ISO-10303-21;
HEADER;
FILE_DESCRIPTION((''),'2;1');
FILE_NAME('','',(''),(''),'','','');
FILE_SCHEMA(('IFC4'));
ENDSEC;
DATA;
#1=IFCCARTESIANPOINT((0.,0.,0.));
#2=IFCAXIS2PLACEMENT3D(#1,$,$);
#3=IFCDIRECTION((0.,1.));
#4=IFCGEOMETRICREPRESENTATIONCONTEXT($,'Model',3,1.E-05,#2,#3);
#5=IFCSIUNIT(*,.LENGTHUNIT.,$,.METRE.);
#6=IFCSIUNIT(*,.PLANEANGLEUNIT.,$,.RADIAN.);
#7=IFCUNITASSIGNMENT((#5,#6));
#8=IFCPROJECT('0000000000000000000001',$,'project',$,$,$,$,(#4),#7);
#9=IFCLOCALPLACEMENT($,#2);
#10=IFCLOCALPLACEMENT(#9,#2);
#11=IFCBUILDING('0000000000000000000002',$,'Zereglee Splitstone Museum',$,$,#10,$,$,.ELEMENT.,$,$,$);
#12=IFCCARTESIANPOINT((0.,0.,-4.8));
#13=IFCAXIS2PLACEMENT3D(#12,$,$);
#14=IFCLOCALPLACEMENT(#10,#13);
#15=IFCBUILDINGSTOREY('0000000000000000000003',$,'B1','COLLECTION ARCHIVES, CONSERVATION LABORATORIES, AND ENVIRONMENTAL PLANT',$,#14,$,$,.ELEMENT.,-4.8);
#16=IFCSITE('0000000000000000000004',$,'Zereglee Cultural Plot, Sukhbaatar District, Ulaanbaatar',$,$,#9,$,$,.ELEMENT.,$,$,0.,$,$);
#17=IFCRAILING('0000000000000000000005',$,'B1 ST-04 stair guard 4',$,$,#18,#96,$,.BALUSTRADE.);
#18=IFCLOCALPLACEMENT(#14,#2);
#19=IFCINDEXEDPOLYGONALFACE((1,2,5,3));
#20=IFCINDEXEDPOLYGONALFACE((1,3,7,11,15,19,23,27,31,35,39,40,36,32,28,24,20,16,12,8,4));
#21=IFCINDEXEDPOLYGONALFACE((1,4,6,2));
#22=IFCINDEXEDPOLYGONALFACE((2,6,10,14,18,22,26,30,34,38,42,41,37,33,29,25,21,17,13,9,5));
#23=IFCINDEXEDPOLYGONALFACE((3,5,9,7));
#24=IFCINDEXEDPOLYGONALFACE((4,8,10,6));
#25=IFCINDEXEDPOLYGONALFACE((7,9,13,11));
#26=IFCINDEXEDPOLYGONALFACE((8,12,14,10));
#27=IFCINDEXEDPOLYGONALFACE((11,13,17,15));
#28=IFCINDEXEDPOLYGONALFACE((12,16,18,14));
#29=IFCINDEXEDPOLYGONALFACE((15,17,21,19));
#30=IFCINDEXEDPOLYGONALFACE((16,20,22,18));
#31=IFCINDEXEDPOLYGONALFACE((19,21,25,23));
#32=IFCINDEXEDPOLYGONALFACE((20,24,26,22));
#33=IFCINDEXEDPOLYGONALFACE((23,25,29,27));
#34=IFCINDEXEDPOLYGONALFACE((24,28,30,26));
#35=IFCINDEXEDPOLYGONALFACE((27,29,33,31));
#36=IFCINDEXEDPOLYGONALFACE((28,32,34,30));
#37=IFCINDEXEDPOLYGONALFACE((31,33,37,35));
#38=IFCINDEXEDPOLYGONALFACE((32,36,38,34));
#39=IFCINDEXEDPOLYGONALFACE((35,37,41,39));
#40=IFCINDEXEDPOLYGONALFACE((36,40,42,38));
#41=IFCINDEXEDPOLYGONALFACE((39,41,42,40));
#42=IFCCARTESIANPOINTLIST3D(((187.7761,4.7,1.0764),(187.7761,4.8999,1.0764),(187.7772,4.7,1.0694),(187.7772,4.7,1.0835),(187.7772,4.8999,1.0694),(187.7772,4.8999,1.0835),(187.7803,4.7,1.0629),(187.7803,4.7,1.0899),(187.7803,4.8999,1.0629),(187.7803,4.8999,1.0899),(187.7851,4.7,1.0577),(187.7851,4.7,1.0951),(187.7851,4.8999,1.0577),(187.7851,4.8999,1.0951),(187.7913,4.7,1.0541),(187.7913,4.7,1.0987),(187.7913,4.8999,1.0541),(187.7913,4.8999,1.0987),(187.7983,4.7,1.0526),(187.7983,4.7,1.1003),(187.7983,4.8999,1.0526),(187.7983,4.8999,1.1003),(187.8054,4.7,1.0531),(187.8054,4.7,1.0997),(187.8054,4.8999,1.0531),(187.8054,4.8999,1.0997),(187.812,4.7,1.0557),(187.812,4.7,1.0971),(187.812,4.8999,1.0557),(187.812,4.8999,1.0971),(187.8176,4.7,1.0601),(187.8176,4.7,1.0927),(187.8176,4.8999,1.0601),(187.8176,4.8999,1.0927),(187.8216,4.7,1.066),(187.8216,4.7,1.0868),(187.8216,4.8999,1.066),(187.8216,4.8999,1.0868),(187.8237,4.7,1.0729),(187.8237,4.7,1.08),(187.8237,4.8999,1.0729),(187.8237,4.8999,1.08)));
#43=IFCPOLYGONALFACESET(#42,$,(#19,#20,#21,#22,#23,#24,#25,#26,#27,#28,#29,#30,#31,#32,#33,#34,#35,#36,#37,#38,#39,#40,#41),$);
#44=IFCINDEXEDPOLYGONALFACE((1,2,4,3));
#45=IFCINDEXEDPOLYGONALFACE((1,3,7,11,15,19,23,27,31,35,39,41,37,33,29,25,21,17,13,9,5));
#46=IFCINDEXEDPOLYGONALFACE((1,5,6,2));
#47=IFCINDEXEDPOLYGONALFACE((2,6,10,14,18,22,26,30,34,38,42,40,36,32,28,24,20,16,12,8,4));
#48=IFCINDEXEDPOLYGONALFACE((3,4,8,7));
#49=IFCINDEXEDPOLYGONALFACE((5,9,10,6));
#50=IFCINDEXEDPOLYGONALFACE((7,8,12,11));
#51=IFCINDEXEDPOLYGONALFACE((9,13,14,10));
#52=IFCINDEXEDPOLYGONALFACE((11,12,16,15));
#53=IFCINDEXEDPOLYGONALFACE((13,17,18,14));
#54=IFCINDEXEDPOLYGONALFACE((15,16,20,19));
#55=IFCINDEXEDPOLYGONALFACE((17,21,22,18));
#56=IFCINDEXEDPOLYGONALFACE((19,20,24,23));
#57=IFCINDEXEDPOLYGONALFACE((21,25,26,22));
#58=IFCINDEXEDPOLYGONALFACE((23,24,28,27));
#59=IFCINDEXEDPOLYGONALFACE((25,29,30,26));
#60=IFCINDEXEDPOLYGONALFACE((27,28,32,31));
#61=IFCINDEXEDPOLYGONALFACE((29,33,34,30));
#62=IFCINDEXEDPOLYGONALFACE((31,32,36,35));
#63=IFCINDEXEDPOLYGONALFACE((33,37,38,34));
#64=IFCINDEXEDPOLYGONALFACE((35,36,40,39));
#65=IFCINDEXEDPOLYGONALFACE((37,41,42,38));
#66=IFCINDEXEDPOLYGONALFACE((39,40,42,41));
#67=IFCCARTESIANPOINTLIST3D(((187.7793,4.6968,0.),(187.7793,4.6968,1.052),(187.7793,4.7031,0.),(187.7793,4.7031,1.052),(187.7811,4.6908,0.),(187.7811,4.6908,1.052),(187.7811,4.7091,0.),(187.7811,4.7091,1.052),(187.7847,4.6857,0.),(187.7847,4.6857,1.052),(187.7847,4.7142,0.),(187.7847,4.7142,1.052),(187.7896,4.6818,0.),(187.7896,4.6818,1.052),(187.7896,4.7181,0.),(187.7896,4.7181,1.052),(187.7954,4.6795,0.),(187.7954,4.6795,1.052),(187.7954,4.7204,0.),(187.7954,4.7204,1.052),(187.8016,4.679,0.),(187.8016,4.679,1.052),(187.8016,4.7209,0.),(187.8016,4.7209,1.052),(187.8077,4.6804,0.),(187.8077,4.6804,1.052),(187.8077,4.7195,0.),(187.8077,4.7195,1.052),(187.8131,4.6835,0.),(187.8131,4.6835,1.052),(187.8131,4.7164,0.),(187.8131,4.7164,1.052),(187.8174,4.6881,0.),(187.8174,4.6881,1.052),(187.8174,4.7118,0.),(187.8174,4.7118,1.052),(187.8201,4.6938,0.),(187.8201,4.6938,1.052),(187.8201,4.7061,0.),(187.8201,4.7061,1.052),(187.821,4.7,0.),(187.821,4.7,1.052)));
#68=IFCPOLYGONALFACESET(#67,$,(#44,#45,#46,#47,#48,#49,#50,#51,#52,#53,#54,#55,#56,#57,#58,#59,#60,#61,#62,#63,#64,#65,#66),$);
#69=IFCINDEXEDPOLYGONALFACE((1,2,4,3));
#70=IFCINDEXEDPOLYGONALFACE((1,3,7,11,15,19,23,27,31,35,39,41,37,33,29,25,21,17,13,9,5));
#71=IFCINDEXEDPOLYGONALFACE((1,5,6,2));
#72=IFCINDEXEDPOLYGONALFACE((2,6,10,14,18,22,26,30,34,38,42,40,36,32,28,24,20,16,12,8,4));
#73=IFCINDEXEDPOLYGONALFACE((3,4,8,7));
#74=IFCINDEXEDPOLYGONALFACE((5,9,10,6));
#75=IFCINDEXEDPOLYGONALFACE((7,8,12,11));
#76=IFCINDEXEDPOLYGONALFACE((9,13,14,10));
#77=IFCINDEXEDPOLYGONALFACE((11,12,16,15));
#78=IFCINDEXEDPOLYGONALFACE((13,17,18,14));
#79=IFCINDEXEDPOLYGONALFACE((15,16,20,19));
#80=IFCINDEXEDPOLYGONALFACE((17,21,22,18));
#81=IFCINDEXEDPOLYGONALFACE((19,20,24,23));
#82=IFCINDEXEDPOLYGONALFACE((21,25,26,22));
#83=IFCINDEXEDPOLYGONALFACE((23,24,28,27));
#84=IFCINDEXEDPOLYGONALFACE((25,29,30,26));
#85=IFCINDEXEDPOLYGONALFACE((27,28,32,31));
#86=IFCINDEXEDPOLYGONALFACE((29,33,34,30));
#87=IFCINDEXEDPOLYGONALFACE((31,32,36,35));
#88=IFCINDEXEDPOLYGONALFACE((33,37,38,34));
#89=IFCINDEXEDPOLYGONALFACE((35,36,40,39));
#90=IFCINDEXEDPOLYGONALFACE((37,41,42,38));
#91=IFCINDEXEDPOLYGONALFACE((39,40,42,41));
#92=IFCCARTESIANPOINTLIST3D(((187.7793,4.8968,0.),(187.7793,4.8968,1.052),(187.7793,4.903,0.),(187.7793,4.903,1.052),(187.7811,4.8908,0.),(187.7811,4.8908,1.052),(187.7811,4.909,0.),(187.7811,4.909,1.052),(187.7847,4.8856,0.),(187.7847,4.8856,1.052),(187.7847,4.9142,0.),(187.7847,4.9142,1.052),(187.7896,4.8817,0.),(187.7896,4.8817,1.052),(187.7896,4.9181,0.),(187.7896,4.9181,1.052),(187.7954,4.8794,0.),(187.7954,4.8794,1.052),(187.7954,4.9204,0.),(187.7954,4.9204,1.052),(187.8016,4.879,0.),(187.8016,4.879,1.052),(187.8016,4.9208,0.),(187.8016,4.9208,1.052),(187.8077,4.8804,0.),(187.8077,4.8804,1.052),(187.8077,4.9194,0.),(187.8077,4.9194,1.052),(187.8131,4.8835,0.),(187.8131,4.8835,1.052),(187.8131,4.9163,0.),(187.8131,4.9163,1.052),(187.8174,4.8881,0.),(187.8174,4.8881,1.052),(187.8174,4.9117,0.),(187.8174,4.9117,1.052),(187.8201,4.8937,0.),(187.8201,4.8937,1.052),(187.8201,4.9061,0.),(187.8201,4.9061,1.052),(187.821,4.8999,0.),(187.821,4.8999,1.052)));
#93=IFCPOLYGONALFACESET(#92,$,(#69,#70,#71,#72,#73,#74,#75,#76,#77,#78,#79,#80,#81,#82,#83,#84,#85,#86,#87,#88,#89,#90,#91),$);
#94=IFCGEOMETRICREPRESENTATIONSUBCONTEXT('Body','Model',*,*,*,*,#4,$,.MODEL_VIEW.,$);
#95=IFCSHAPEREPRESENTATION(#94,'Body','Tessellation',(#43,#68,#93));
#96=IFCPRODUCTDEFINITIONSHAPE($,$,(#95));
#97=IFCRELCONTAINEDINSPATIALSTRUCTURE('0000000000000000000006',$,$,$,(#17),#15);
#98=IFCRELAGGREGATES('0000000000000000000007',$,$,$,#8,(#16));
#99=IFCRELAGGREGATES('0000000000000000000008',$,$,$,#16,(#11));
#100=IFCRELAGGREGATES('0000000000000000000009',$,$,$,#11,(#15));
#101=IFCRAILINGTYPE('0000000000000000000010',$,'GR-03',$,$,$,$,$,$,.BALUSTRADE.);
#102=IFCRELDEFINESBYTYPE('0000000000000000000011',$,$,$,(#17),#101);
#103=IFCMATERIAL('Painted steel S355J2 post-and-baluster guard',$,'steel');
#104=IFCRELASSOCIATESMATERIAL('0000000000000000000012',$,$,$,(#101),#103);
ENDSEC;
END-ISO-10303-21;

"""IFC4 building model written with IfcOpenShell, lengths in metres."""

from ifc_helpers import new_model, si_unit, direction, frame, origin, origin_2d, place, context, subcontext, project, spatial, circle, extrude, material, type_object, element, save


model = new_model("IFC4")

# Units and contexts
model_context = context("Model", 3, precision=1e-05, world=origin(), true_north=direction((0.0, 1.0)))
body_context = subcontext(model_context, "Body", "Model", "MODEL_VIEW")
ifc_project = project(units=[si_unit("LENGTHUNIT", "METRE"), si_unit("PLANEANGLEUNIT", "RADIAN")], contexts=[model_context])

# Site, building, storey
site_placement = place(None, origin())
site = spatial("IfcSite", under=ifc_project, at=site_placement, Name="Zereglee Cultural Plot, Sukhbaatar District, Ulaanbaatar", CompositionType="ELEMENT", RefElevation=0.0)
building_placement = place(site_placement, origin())
building = spatial("IfcBuilding", under=site, at=building_placement, Name="Zereglee Splitstone Museum", CompositionType="ELEMENT")
storey_placement = place(building_placement, frame((0.0, 0.0, -4.8)))
storey = spatial("IfcBuildingStorey", under=building, at=storey_placement, Name="B1", Description="COLLECTION ARCHIVES, CONSERVATION LABORATORIES, AND ENVIRONMENTAL PLANT", CompositionType="ELEMENT", Elevation=-4.8)

# Railing
ifc_material_1 = material(Name="Painted steel S355J2 post-and-baluster guard", Category="steel")
railing_type_1 = type_object("IfcRailingType", Name="GR-03", PredefinedType="BALUSTRADE", material=ifc_material_1)
railing_1_placement = place(storey_placement, frame((187.8, 4.7, 0.0)))
element("IfcRailing", 1, at=railing_1_placement, inside=storey, type_object=railing_type_1, Name="B1 ST-04 stair guard 4", PredefinedType="BALUSTRADE", context=body_context, shape_type="SweptSolid", body=[
    extrude(circle(Radius=0.0239, at=origin_2d()), frame((0.0, 0.0, 1.0764), z_axis=(0.0, 1.0, 0.0), x_axis=(-1.0, 0.0, 0.0)), (0.0, 0.0, 1.0), 0.2),
    extrude(circle(Radius=0.021, at=origin_2d()), origin(), (0.0, 0.0, 1.0), 1.052),
    extrude(circle(Radius=0.021, at=origin_2d()), frame((0.0, 0.2, 0.0)), (0.0, 0.0, 1.0), 1.052),
])

save(model, "model.ifc")
